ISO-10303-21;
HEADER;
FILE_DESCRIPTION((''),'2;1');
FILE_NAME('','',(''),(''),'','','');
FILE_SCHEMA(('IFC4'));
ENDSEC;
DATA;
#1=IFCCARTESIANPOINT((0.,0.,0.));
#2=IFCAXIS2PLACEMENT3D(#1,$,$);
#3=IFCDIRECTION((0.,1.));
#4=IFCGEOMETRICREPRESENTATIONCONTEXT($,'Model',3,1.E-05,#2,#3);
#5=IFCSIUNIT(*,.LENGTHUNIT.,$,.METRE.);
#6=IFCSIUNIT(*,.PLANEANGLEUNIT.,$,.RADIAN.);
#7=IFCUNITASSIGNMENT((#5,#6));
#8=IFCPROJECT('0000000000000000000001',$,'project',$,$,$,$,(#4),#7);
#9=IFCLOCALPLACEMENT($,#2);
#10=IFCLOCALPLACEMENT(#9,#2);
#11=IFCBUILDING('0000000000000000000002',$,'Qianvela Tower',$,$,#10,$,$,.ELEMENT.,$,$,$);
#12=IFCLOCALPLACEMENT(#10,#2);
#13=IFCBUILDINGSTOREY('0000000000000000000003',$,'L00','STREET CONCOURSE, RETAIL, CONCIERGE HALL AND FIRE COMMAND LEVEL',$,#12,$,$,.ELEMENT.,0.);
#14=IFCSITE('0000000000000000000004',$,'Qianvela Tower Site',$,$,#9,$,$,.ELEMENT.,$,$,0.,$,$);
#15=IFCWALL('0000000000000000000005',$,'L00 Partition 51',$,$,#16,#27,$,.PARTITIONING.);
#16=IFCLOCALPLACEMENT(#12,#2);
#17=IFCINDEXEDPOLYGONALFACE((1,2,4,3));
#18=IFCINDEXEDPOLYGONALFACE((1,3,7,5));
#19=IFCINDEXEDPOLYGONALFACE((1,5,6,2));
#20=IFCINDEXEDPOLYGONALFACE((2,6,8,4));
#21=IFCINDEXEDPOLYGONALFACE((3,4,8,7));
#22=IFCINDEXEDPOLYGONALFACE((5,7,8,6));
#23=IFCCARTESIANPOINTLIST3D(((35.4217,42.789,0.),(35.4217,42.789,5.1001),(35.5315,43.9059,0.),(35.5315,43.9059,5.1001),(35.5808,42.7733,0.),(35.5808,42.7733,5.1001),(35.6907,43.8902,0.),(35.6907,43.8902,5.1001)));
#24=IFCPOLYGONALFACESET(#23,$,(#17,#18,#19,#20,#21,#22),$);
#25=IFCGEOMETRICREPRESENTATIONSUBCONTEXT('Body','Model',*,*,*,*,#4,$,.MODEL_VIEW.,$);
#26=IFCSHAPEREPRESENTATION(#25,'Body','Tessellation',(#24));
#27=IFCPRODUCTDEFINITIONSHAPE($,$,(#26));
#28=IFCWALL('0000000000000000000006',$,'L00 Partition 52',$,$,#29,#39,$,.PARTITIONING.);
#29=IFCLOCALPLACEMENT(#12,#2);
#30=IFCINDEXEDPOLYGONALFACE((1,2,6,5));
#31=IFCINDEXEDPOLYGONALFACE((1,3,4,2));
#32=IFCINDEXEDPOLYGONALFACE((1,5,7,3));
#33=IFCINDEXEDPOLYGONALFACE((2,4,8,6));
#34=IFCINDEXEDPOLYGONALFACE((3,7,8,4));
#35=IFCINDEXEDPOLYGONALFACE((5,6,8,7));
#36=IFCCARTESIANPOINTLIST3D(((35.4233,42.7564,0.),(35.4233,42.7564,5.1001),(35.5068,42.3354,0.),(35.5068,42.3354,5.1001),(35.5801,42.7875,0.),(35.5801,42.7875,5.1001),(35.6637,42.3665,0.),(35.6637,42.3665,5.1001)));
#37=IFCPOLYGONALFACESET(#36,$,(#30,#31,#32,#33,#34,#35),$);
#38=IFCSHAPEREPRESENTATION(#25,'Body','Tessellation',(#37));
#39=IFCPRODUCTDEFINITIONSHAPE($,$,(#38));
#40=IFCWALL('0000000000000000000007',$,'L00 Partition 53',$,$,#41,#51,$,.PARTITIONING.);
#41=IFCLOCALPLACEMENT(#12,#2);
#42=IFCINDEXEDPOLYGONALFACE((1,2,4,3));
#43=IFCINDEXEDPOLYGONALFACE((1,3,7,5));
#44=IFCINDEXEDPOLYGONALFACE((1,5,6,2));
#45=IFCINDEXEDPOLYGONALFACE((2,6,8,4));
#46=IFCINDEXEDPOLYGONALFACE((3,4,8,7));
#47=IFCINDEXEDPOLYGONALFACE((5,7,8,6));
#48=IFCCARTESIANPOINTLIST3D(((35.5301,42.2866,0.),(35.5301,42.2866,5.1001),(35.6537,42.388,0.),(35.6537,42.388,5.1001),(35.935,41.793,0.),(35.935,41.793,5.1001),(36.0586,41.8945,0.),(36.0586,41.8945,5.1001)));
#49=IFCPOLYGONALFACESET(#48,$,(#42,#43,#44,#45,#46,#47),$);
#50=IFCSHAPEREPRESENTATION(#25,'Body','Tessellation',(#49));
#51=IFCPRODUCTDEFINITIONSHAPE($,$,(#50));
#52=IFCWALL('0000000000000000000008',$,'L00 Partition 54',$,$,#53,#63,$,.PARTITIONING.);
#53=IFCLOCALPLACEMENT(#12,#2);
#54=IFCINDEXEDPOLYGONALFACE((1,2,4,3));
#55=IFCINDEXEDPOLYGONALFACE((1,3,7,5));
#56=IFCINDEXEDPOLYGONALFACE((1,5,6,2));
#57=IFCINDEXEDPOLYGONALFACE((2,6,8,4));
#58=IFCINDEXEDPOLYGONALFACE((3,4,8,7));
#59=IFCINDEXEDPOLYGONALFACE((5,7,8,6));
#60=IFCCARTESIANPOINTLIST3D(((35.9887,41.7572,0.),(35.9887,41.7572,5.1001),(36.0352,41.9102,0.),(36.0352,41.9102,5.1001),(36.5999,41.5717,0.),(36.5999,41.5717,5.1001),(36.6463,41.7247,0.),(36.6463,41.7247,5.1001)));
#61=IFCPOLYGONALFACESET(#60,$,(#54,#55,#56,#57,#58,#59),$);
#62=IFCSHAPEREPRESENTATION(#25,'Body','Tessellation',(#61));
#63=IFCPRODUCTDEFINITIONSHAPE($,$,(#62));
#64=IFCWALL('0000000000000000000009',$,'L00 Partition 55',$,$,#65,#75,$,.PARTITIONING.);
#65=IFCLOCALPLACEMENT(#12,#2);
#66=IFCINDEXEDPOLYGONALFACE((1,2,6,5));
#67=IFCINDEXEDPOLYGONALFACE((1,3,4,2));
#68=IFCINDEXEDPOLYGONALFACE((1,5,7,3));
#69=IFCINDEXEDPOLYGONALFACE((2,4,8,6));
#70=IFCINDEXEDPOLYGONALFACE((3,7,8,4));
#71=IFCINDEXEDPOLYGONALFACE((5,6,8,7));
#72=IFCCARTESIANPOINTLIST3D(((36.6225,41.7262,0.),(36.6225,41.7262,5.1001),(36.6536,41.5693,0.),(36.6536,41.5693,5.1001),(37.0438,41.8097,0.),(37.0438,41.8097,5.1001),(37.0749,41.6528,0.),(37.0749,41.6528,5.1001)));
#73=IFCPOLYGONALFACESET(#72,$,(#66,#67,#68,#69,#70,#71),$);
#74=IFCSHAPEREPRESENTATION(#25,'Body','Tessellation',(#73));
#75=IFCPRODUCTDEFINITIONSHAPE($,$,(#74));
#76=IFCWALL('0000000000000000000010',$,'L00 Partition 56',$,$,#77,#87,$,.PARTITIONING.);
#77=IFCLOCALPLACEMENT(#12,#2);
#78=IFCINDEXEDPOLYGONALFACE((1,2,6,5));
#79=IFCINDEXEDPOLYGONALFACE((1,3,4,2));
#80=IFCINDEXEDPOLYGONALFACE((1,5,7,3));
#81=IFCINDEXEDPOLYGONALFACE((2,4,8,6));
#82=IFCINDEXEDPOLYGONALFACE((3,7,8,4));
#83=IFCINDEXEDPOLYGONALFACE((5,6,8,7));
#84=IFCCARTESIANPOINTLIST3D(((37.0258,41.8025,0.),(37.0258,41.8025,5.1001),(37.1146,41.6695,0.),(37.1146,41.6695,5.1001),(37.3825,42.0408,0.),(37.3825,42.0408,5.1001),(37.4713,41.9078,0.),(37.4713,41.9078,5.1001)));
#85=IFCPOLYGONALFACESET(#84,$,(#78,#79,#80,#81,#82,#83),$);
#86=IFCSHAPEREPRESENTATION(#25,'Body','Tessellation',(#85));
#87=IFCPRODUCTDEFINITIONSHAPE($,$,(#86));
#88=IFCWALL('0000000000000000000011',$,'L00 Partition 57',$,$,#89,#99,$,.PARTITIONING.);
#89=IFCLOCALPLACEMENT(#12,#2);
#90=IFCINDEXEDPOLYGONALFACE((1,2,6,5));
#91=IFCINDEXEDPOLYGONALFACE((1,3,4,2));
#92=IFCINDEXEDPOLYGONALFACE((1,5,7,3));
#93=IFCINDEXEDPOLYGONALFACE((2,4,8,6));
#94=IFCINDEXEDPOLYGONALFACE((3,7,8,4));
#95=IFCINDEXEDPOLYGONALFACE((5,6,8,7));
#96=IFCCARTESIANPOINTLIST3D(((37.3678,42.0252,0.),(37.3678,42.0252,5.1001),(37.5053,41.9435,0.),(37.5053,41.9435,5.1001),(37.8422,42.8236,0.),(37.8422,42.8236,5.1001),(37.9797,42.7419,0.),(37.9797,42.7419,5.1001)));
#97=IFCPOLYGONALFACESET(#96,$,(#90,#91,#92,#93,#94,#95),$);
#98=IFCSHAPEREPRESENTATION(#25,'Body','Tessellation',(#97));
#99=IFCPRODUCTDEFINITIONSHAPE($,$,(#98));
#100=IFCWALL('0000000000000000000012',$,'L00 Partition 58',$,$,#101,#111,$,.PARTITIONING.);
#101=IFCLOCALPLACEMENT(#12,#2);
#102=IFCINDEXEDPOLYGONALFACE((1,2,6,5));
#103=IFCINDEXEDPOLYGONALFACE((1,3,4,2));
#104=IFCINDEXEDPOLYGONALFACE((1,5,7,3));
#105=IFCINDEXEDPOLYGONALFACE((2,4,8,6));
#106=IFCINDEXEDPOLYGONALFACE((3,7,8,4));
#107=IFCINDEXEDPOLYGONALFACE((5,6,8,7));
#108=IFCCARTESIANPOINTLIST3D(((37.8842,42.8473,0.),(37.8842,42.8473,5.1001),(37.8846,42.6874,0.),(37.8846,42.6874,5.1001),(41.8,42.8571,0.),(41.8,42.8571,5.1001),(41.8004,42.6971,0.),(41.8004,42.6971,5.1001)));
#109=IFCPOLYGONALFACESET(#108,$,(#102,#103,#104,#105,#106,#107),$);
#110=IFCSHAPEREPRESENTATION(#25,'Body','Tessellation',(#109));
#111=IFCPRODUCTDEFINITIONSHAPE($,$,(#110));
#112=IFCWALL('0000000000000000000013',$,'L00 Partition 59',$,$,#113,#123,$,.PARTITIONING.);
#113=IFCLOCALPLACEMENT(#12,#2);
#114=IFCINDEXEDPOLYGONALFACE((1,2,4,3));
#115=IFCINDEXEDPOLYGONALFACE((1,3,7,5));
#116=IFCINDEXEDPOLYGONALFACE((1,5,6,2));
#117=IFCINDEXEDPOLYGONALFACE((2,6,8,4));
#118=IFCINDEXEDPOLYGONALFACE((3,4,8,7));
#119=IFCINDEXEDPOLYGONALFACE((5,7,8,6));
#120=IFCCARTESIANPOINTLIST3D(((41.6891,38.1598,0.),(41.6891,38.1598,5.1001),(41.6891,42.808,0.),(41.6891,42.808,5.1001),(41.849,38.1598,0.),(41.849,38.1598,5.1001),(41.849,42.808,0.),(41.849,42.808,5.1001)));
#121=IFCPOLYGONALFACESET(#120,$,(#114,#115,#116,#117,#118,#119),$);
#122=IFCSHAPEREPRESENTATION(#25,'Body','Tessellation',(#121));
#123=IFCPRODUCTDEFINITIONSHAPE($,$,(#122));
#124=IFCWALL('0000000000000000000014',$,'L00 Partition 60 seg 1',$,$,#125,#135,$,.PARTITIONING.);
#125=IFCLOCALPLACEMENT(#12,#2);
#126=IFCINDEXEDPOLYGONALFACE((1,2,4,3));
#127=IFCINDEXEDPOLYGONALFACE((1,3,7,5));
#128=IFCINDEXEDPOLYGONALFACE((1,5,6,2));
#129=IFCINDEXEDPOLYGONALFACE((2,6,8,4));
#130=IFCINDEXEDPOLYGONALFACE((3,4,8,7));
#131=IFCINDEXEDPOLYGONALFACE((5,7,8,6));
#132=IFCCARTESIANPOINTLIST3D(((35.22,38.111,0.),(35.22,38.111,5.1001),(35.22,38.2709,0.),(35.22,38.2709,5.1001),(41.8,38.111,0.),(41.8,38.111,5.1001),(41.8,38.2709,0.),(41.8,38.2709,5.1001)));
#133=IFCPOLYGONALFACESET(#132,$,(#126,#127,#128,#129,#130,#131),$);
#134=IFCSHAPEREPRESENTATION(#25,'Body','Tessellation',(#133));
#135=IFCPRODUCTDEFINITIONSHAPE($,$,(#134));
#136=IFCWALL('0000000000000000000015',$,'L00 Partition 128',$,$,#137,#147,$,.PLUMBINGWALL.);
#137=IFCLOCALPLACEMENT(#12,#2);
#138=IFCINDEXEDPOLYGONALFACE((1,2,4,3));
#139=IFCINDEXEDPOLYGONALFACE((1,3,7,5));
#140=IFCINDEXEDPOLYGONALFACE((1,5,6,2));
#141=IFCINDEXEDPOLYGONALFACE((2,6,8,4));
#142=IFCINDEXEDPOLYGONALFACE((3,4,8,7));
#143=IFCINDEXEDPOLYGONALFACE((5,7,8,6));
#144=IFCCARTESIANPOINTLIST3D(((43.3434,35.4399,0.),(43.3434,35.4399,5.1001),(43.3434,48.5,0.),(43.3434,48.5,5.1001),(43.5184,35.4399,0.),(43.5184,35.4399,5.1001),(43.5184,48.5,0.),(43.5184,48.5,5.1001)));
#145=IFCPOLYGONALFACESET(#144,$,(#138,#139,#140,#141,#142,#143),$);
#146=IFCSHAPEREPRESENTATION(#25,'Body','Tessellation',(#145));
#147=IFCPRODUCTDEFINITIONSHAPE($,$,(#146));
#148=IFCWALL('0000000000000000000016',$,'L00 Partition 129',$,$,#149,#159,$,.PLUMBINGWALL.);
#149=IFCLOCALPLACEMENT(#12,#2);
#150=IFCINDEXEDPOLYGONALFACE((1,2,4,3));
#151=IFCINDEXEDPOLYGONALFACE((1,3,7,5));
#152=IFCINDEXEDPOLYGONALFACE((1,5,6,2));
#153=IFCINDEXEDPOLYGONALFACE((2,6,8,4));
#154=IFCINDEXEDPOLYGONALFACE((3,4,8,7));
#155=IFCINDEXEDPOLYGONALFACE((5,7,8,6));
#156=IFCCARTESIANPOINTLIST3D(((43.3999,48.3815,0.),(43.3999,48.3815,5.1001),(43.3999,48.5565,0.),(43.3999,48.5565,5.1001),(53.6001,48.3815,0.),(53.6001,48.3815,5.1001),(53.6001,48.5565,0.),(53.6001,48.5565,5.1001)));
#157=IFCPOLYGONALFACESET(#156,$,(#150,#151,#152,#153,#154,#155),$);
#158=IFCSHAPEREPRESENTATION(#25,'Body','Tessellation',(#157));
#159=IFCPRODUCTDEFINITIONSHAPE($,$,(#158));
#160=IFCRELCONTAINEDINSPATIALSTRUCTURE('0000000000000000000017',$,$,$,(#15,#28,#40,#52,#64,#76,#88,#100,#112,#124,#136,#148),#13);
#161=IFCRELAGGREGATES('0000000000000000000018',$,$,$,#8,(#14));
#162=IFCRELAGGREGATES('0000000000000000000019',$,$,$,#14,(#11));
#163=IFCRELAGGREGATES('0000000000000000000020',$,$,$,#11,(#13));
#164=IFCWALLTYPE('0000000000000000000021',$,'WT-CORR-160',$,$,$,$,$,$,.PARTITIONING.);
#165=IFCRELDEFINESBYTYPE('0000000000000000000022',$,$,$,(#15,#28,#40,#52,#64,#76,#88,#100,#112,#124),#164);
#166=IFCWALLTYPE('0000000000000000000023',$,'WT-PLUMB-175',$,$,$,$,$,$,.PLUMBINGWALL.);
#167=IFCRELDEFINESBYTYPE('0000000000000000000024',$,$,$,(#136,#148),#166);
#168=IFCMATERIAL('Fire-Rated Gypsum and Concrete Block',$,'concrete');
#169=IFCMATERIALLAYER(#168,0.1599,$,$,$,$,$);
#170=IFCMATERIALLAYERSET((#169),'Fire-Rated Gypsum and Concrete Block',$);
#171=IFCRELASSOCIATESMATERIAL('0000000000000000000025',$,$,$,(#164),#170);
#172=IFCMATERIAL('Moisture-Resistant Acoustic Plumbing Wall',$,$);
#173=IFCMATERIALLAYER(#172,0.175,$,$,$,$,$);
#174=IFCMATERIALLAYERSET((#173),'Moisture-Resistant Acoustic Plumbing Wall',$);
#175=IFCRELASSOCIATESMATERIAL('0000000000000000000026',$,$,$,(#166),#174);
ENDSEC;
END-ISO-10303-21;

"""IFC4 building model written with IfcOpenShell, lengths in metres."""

from ifc_helpers import new_model, si_unit, direction, frame, frame_2d, origin, place, context, subcontext, project, spatial, rectangle, extrude, material, layer, layer_set, type_object, element, save


model = new_model("IFC4")

# Units and contexts
model_context = context("Model", 3, precision=1e-05, world=origin(), true_north=direction((0.0, 1.0)))
body_context = subcontext(model_context, "Body", "Model", "MODEL_VIEW")
ifc_project = project(units=[si_unit("LENGTHUNIT", "METRE"), si_unit("PLANEANGLEUNIT", "RADIAN")], contexts=[model_context])

# Site, building, storey
site_placement = place(None, origin())
site = spatial("IfcSite", under=ifc_project, at=site_placement, Name="Qianvela Tower Site", CompositionType="ELEMENT", RefElevation=0.0)
building_placement = place(site_placement, origin())
building = spatial("IfcBuilding", under=site, at=building_placement, Name="Qianvela Tower", CompositionType="ELEMENT")
storey_placement = place(building_placement, origin())
storey = spatial("IfcBuildingStorey", under=building, at=storey_placement, Name="L00", Description="STREET CONCOURSE, RETAIL, CONCIERGE HALL AND FIRE COMMAND LEVEL", CompositionType="ELEMENT", Elevation=0.0)

# Walls
ifc_material_1 = material(Name="Fire-Rated Gypsum and Concrete Block", Category="concrete")
ifc_layer_1 = layer(ifc_material_1, 0.1599)
ifc_layer_set_1 = layer_set([ifc_layer_1], Name="Fire-Rated Gypsum and Concrete Block")
wall_type_1 = type_object("IfcWallType", Name="WT-CORR-160", PredefinedType="PARTITIONING", material=ifc_layer_set_1)
wall_1_placement = place(storey_placement, frame((35.6111, 43.8979, 0.0), z_axis=(0.0, 0.0, 1.0), x_axis=(-0.097888, -0.995197, 0.0)))
element("IfcWall", 1, at=wall_1_placement, inside=storey, type_object=wall_type_1, Name="L00 Partition 51", PredefinedType="PARTITIONING", context=body_context, shape_type="SweptSolid", body=[
    extrude(rectangle(XDim=1.1223, YDim=0.1599, at=frame_2d((0.561, 0.0))), origin(), (0.0, 0.0, 1.0), 5.1001),
])
wall_2_placement = place(storey_placement, frame((35.5017, 42.772, 0.0), z_axis=(0.0, 0.0, 1.0), x_axis=(0.194584, -0.980886, 0.0)))
element("IfcWall", 2, at=wall_2_placement, inside=storey, type_object=wall_type_1, Name="L00 Partition 52", PredefinedType="PARTITIONING", context=body_context, shape_type="SweptSolid", body=[
    extrude(rectangle(XDim=0.4292, YDim=0.1599, at=frame_2d((0.2146, 0.0))), origin(), (0.0, 0.0, 1.0), 5.1001),
])
wall_3_placement = place(storey_placement, frame((35.5918, 42.3374, 0.0), z_axis=(0.0, 0.0, 1.0), x_axis=(0.634299, -0.773088, 0.0)))
element("IfcWall", 3, at=wall_3_placement, inside=storey, type_object=wall_type_1, Name="L00 Partition 53", PredefinedType="PARTITIONING", context=body_context, shape_type="SweptSolid", body=[
    extrude(rectangle(XDim=0.6384, YDim=0.1599, at=frame_2d((0.3193, 0.0))), origin(), (0.0, 0.0, 1.0), 5.1001),
])
wall_4_placement = place(storey_placement, frame((36.012, 41.8337, 0.0), z_axis=(0.0, 0.0, 1.0), x_axis=(0.956863, -0.290538, 0.0)))
element("IfcWall", 4, at=wall_4_placement, inside=storey, type_object=wall_type_1, Name="L00 Partition 54", PredefinedType="PARTITIONING", context=body_context, shape_type="SweptSolid", body=[
    extrude(rectangle(XDim=0.6387, YDim=0.1599, at=frame_2d((0.3193, 0.0))), origin(), (0.0, 0.0, 1.0), 5.1001),
])
wall_5_placement = place(storey_placement, frame((36.6379, 41.6477, 0.0), z_axis=(0.0, 0.0, 1.0), x_axis=(0.980907, 0.194476, 0.0)))
element("IfcWall", 5, at=wall_5_placement, inside=storey, type_object=wall_type_1, Name="L00 Partition 55", PredefinedType="PARTITIONING", context=body_context, shape_type="SweptSolid", body=[
    extrude(rectangle(XDim=0.4294, YDim=0.1599, at=frame_2d((0.2148, 0.0))), origin(), (0.0, 0.0, 1.0), 5.1001),
])
wall_6_placement = place(storey_placement, frame((37.0703, 41.7361, 0.0), z_axis=(0.0, 0.0, 1.0), x_axis=(0.831525, 0.555488, 0.0)))
element("IfcWall", 6, at=wall_6_placement, inside=storey, type_object=wall_type_1, Name="L00 Partition 56", PredefinedType="PARTITIONING", context=body_context, shape_type="SweptSolid", body=[
    extrude(rectangle(XDim=0.429, YDim=0.1599, at=frame_2d((0.2144, 0.0))), origin(), (0.0, 0.0, 1.0), 5.1001),
])
wall_7_placement = place(storey_placement, frame((37.4365, 41.9844, 0.0), z_axis=(0.0, 0.0, 1.0), x_axis=(0.510818, 0.859689, 0.0)))
element("IfcWall", 7, at=wall_7_placement, inside=storey, type_object=wall_type_1, Name="L00 Partition 57", PredefinedType="PARTITIONING", context=body_context, shape_type="SweptSolid", body=[
    extrude(rectangle(XDim=0.9287, YDim=0.1599, at=frame_2d((0.4644, 0.0))), origin(), (0.0, 0.0, 1.0), 5.1001),
])
wall_8_placement = place(storey_placement, frame((37.8843, 42.7673, 0.0), z_axis=(0.0, 0.0, 1.0), x_axis=(0.999997, 0.002494, 0.0)))
element("IfcWall", 8, at=wall_8_placement, inside=storey, type_object=wall_type_1, Name="L00 Partition 58", PredefinedType="PARTITIONING", context=body_context, shape_type="SweptSolid", body=[
    extrude(rectangle(XDim=3.9158, YDim=0.1599, at=frame_2d((1.958, 0.0))), origin(), (0.0, 0.0, 1.0), 5.1001),
])
wall_9_placement = place(storey_placement, frame((41.769, 42.8081, 0.0), z_axis=(0.0, 0.0, 1.0), x_axis=(0.0, -1.0, 0.0)))
element("IfcWall", 9, at=wall_9_placement, inside=storey, type_object=wall_type_1, Name="L00 Partition 59", PredefinedType="PARTITIONING", context=body_context, shape_type="SweptSolid", body=[
    extrude(rectangle(XDim=4.6482, YDim=0.1599, at=frame_2d((2.3242, 0.0))), origin(), (0.0, 0.0, 1.0), 5.1001),
])
wall_10_placement = place(storey_placement, frame((41.8, 38.1909, 0.0), z_axis=(0.0, 0.0, 1.0), x_axis=(-1.0, 0.0, 0.0)))
element("IfcWall", 10, at=wall_10_placement, inside=storey, type_object=wall_type_1, Name="L00 Partition 60 seg 1", PredefinedType="PARTITIONING", context=body_context, shape_type="SweptSolid", body=[
    extrude(rectangle(XDim=6.5801, YDim=0.1599, at=frame_2d((3.29, 0.0))), origin(), (0.0, 0.0, 1.0), 5.1001),
])
ifc_material_2 = material(Name="Moisture-Resistant Acoustic Plumbing Wall")
ifc_layer_2 = layer(ifc_material_2, 0.175)
ifc_layer_set_2 = layer_set([ifc_layer_2], Name="Moisture-Resistant Acoustic Plumbing Wall")
wall_type_2 = type_object("IfcWallType", Name="WT-PLUMB-175", PredefinedType="PLUMBINGWALL", material=ifc_layer_set_2)
wall_11_placement = place(storey_placement, frame((43.4309, 35.4399, 0.0), z_axis=(0.0, 0.0, 1.0), x_axis=(0.0, 1.0, 0.0)))
element("IfcWall", 11, at=wall_11_placement, inside=storey, type_object=wall_type_2, Name="L00 Partition 128", PredefinedType="PLUMBINGWALL", context=body_context, shape_type="SweptSolid", body=[
    extrude(rectangle(XDim=13.0601, YDim=0.175, at=frame_2d((6.53, 0.0))), origin(), (0.0, 0.0, 1.0), 5.1001),
])
wall_12_placement = place(storey_placement, frame((43.3999, 48.469, 0.0), z_axis=(0.0, 0.0, 1.0), x_axis=(1.0, 0.0, 0.0)))
element("IfcWall", 12, at=wall_12_placement, inside=storey, type_object=wall_type_2, Name="L00 Partition 129", PredefinedType="PLUMBINGWALL", context=body_context, shape_type="SweptSolid", body=[
    extrude(rectangle(XDim=10.2002, YDim=0.175, at=frame_2d((5.1001, 0.0))), origin(), (0.0, 0.0, 1.0), 5.1001),
])

save(model, "model.ifc")
